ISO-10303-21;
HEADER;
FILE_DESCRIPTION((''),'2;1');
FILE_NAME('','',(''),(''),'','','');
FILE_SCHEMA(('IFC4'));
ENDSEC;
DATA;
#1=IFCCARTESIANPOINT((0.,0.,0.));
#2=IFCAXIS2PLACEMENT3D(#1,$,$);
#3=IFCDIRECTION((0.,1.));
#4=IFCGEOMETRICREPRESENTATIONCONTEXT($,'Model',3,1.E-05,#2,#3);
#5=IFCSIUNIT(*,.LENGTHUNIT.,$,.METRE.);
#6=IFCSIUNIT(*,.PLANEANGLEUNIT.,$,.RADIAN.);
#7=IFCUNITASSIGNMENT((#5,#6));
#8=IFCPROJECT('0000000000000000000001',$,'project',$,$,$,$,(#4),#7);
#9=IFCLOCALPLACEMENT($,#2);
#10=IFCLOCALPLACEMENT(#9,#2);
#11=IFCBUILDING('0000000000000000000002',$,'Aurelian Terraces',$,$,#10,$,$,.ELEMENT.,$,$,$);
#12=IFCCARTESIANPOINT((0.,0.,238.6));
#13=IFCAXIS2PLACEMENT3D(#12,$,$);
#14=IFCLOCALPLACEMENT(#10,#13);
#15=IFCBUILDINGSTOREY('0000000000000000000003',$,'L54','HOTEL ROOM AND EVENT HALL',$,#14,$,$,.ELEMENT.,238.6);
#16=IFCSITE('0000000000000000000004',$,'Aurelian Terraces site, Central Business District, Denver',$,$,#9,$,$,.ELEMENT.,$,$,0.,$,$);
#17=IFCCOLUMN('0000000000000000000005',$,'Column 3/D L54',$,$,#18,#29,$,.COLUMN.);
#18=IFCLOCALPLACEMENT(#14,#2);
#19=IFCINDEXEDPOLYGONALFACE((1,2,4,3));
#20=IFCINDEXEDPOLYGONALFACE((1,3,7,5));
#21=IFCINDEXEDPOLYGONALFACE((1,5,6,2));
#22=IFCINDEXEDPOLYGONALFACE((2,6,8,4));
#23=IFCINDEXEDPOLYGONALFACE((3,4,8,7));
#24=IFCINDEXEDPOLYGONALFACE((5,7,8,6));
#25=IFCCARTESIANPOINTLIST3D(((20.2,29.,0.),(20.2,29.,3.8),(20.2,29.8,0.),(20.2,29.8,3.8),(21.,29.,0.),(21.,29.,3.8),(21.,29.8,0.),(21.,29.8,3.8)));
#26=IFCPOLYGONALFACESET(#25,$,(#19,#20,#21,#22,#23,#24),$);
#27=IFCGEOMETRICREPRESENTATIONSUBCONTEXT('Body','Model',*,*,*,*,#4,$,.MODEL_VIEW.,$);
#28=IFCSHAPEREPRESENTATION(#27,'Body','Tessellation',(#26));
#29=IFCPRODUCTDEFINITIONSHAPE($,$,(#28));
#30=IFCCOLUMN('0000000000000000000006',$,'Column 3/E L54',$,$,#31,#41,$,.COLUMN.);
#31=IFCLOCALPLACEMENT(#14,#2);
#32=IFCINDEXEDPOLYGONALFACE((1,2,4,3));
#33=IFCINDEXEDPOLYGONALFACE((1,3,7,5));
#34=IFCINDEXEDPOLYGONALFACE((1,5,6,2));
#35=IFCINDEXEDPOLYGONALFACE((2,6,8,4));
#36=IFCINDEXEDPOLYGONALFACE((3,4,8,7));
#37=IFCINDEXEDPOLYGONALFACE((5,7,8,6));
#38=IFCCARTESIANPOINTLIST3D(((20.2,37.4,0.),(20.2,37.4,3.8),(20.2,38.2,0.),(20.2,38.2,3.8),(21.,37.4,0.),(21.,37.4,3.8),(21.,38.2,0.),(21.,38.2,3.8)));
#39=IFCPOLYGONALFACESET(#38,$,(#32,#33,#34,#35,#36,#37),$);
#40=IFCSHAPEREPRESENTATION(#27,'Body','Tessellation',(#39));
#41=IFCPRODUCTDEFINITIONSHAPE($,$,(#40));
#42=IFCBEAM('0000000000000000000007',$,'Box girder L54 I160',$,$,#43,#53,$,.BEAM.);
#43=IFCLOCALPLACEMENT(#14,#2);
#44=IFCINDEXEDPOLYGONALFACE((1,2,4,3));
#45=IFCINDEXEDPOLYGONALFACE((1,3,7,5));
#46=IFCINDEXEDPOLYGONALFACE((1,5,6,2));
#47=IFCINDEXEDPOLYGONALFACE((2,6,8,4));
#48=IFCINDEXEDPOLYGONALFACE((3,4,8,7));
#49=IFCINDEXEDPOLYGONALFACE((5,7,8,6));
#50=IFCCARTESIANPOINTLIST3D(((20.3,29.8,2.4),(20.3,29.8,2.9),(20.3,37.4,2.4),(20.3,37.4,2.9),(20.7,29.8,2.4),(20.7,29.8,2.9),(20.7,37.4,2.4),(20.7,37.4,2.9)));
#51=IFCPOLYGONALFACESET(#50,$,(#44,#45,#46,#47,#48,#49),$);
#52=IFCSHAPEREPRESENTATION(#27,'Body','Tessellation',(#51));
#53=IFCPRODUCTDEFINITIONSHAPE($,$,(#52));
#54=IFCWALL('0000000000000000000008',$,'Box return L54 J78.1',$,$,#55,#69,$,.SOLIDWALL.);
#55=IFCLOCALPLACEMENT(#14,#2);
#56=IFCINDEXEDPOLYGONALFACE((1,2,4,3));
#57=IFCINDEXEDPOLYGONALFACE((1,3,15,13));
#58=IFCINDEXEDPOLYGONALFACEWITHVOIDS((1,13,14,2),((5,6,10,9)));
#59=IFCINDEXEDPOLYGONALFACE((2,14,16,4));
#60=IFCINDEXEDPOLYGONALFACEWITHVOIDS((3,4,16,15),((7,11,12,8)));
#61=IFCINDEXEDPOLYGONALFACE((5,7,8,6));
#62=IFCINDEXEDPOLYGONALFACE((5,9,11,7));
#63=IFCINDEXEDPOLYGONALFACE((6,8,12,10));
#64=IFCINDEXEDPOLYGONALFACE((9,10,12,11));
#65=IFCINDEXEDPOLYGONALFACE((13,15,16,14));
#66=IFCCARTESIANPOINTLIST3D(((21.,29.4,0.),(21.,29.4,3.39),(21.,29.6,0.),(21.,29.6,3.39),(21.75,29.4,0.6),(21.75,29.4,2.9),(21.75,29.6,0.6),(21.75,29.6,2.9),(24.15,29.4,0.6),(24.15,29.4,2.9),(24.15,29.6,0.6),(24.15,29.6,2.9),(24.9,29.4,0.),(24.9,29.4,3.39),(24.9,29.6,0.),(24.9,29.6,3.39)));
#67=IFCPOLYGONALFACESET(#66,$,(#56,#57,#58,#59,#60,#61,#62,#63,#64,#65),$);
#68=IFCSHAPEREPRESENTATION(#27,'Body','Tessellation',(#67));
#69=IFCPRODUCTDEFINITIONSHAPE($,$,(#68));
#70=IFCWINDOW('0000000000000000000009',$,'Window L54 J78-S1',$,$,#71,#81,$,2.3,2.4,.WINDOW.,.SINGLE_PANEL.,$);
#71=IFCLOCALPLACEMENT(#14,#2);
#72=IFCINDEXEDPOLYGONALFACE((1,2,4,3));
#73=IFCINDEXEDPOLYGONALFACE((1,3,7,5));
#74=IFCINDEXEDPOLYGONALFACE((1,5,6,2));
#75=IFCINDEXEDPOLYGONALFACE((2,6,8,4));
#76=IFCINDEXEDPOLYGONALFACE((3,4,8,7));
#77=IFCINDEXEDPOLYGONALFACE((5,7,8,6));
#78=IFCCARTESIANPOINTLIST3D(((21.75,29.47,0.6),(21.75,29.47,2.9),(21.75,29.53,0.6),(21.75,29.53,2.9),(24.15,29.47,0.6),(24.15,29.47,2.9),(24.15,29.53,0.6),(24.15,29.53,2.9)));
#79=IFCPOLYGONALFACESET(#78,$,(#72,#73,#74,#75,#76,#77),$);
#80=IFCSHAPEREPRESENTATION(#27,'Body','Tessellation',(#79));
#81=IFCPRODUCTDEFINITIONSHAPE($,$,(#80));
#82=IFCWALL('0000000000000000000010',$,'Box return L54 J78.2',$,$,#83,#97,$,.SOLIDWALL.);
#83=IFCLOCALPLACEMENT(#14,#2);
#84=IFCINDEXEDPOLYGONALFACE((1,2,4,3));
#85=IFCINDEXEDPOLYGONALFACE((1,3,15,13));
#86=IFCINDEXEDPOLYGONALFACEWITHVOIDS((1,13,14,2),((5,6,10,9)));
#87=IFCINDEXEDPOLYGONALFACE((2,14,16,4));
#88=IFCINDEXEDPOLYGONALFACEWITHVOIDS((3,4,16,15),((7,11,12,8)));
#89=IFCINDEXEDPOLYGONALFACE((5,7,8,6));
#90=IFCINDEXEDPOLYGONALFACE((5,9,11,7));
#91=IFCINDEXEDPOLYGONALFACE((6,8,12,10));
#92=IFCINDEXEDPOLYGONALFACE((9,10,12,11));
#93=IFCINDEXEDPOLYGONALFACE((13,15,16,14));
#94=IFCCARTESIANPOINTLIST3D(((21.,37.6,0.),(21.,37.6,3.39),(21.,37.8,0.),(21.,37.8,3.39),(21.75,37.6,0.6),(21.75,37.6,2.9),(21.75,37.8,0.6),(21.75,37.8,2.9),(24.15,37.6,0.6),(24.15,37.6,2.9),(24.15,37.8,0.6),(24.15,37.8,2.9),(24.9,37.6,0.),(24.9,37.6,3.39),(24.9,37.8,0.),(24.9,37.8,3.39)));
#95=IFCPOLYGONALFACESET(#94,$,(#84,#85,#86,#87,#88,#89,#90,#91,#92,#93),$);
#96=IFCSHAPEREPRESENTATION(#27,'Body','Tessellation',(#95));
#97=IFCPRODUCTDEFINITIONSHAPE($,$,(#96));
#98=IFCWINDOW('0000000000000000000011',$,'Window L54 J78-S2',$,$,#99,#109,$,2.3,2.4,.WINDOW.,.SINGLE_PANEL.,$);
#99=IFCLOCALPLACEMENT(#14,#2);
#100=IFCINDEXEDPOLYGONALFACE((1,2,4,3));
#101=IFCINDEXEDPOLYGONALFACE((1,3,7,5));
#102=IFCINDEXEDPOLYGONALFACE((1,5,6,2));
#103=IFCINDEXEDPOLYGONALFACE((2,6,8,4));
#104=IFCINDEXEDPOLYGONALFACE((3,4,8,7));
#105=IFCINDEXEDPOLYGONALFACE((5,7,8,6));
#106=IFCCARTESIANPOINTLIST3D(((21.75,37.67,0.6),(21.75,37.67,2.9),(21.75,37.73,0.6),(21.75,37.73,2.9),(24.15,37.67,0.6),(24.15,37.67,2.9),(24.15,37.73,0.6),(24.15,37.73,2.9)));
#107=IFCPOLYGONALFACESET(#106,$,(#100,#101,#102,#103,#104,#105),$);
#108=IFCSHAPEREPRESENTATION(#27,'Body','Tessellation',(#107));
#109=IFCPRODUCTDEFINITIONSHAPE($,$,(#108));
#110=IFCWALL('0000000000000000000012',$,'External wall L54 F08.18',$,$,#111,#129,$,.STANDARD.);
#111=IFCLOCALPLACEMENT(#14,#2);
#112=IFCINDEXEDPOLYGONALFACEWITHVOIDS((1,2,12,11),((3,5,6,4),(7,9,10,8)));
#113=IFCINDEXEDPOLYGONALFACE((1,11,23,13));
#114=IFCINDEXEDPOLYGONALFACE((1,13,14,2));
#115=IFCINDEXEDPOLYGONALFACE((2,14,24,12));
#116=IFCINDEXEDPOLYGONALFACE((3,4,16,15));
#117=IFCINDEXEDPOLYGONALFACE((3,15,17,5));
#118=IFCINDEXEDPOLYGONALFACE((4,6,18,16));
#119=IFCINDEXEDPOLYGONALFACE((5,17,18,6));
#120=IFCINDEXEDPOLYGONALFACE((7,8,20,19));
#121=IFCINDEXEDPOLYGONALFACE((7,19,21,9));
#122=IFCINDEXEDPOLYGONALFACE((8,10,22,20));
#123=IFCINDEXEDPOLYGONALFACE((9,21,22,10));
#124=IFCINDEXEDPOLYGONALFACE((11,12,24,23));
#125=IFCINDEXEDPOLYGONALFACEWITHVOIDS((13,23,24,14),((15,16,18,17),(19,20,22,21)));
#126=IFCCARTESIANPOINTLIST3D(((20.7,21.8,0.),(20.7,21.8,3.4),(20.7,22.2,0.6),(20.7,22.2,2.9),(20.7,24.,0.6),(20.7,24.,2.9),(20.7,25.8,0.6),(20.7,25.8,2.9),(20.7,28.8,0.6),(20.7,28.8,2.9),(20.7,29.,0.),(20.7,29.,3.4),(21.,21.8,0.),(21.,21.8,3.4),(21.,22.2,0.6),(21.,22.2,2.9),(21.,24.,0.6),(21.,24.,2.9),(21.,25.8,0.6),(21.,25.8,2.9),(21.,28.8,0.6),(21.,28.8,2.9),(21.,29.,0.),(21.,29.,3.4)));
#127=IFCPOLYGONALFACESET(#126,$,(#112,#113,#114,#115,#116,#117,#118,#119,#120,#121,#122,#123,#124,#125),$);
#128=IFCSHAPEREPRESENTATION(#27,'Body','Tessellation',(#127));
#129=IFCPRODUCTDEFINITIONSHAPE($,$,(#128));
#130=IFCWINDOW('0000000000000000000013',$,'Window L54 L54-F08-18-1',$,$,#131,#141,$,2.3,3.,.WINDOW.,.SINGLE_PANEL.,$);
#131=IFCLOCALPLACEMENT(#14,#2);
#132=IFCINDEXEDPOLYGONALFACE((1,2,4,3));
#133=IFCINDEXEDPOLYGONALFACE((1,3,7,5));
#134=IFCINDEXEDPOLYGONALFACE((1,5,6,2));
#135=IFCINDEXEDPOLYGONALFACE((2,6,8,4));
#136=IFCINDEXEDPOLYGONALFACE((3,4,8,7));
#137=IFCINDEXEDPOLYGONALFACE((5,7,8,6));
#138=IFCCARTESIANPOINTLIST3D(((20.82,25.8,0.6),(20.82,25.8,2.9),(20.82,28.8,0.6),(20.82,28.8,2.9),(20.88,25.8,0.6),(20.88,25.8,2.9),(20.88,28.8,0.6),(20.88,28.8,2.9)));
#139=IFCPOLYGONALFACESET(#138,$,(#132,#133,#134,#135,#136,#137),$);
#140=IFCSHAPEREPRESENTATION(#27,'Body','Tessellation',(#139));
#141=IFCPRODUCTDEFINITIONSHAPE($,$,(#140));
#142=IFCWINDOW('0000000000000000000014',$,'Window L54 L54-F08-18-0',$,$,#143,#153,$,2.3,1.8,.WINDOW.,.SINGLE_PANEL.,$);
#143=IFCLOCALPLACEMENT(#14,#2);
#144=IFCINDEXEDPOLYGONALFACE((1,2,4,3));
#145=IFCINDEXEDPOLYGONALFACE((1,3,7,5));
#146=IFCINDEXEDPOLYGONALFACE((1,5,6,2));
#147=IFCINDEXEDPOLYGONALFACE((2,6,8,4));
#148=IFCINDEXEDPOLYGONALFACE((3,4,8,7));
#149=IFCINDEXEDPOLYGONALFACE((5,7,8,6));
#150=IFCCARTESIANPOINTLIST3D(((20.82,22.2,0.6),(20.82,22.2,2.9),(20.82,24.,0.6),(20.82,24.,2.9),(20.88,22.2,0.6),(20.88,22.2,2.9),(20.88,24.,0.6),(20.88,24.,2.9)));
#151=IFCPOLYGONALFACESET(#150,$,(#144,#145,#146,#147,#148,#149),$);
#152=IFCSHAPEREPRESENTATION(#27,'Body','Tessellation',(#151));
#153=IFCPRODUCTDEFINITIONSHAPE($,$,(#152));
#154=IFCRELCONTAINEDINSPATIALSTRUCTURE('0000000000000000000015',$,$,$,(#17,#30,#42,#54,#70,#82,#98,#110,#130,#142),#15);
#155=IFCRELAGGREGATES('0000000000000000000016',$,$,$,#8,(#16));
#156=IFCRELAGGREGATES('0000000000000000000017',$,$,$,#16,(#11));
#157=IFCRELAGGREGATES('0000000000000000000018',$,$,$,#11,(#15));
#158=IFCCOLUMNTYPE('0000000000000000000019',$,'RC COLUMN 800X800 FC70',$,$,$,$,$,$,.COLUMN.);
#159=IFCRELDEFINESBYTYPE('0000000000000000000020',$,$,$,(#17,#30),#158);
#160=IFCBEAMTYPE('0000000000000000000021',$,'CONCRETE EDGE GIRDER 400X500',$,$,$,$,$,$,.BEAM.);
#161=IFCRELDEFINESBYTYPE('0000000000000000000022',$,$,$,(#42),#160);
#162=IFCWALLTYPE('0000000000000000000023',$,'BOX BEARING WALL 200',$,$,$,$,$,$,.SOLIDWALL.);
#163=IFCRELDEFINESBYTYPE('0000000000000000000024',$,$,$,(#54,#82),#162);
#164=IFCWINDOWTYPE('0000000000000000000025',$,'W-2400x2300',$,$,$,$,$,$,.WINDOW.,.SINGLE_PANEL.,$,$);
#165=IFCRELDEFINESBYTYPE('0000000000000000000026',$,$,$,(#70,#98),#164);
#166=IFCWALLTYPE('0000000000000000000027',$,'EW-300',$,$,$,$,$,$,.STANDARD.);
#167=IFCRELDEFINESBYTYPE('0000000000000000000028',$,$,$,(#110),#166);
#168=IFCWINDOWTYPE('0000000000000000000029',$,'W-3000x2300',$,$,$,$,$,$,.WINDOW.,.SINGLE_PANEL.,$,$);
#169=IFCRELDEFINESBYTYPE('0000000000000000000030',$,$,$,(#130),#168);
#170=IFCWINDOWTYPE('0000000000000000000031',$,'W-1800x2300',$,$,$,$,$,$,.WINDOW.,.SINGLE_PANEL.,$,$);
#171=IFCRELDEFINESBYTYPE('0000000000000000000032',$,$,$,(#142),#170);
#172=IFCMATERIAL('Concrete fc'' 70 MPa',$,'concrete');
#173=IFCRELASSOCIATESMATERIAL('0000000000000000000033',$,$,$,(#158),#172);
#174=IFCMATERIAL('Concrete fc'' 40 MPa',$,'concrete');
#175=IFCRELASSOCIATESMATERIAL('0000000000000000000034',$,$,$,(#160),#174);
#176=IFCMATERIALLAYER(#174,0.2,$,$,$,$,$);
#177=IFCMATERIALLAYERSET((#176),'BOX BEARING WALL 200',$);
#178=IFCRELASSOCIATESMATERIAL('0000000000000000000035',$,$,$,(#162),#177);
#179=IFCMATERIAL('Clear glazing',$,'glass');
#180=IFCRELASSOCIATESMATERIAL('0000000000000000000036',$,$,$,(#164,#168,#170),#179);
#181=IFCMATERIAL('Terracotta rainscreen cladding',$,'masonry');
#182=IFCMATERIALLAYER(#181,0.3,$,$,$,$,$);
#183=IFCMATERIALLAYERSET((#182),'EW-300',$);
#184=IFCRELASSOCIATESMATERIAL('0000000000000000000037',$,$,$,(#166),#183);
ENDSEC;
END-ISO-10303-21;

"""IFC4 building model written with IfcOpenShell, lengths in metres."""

from ifc_helpers import new_model, si_unit, direction, frame, frame_2d, origin, origin_2d, place, context, subcontext, project, spatial, rectangle, extrude, source, transform, mapped, material, layer, layer_set, material_profile, profile_set, type_object, element, fill, save


model = new_model("IFC4")

# Units and contexts
model_context = context("Model", 3, precision=1e-05, world=origin(), true_north=direction((0.0, 1.0)))
body_context = subcontext(model_context, "Body", "Model", "MODEL_VIEW")
ifc_project = project(units=[si_unit("LENGTHUNIT", "METRE"), si_unit("PLANEANGLEUNIT", "RADIAN")], contexts=[model_context])

# Site, building, storey
site_placement = place(None, origin())
site = spatial("IfcSite", under=ifc_project, at=site_placement, Name="Aurelian Terraces site, Central Business District, Denver", CompositionType="ELEMENT", RefElevation=0.0)
building_placement = place(site_placement, origin())
building = spatial("IfcBuilding", under=site, at=building_placement, Name="Aurelian Terraces", CompositionType="ELEMENT")
storey_placement = place(building_placement, frame((0.0, 0.0, 238.6)))
storey = spatial("IfcBuildingStorey", under=building, at=storey_placement, Name="L54", Description="HOTEL ROOM AND EVENT HALL", CompositionType="ELEMENT", Elevation=238.6)

# Columns
ifc_material_1 = material(Name="Concrete fc' 70 MPa", Category="concrete")
ifc_material_profile_1 = material_profile(ifc_material_1, rectangle(XDim=0.8, YDim=0.8, at=origin_2d()))
ifc_profile_set_1 = profile_set([ifc_material_profile_1], Name="Concrete fc' 70 MPa")
column_type = type_object("IfcColumnType", Name="RC COLUMN 800X800 FC70", PredefinedType="COLUMN", material=ifc_profile_set_1)
shared_shape_1 = source(origin(), body_context, "Body", "SweptSolid", [
    extrude(rectangle(XDim=0.8, YDim=0.8, at=origin_2d()), origin(), (0.0, 0.0, 1.0), 3.8),
])
for number, where, z_axis, x_axis, name in (
    (1, (20.6, 29.4, 0.0), (0.0, 0.0, 1.0), (1.0, 0.0, 0.0), "Column 3/D L54"),
    (2, (20.6, 37.8, 0.0), (0.0, 0.0, 1.0), (1.0, 0.0, 0.0), "Column 3/E L54"),
):
    element("IfcColumn", number, at=place(storey_placement, frame(where, z_axis=z_axis, x_axis=x_axis)), inside=storey, type_object=column_type, Name=name, PredefinedType="COLUMN", context=body_context, shape_type="MappedRepresentation", body=[
        mapped(shared_shape_1, transform((0.0, 0.0, 0.0), scale=1.0)),
    ])

# Beam
ifc_material_2 = material(Name="Concrete fc' 40 MPa", Category="concrete")
ifc_material_profile_2 = material_profile(ifc_material_2, rectangle(XDim=0.4, YDim=0.5, at=origin_2d()))
ifc_profile_set_2 = profile_set([ifc_material_profile_2], Name="Concrete fc' 40 MPa")
beam_type = type_object("IfcBeamType", Name="CONCRETE EDGE GIRDER 400X500", PredefinedType="BEAM", material=ifc_profile_set_2)
shared_shape_2 = source(origin(), body_context, "Body", "SweptSolid", [
    extrude(rectangle(XDim=0.4, YDim=0.5, at=origin_2d()), origin(), (0.0, 0.0, 1.0), 7.6),
])
beam_placement = place(storey_placement, frame((20.5, 29.8, 2.65), z_axis=(0.0, 1.0, 0.0), x_axis=(-1.0, 0.0, 0.0)))
element("IfcBeam", 3, at=beam_placement, inside=storey, type_object=beam_type, Name="Box girder L54 I160", PredefinedType="BEAM", context=body_context, shape_type="MappedRepresentation", body=[
    mapped(shared_shape_2, transform((0.0, 0.0, 0.0), scale=1.0)),
])

# Walls, openings, windows
ifc_layer_1 = layer(ifc_material_2, 0.2)
ifc_layer_set_1 = layer_set([ifc_layer_1], Name="BOX BEARING WALL 200")
wall_type_1 = type_object("IfcWallType", Name="BOX BEARING WALL 200", PredefinedType="SOLIDWALL", material=ifc_layer_set_1)
shared_shape_3 = source(origin(), body_context, "Body", "SweptSolid", [
    extrude(rectangle(XDim=3.9, YDim=0.2, at=frame_2d((1.95, 0.0))), origin(), (0.0, 0.0, 1.0), 3.39),
])
wall_1_placement = place(storey_placement, frame((21.0, 29.5, 0.0), z_axis=(0.0, 0.0, 1.0), x_axis=(1.0, 0.0, 0.0)))
wall_1 = element("IfcWall", 4, at=wall_1_placement, inside=storey, type_object=wall_type_1, Name="Box return L54 J78.1", PredefinedType="SOLIDWALL", context=body_context, shape_type="MappedRepresentation", body=[
    mapped(shared_shape_3, transform((0.0, 0.0, 0.0), scale=1.0)),
])
shared_shape_4 = source(origin(), body_context, "Body", "SweptSolid", [
    extrude(rectangle(XDim=2.4, YDim=2.3, at=frame_2d((1.2, 1.15))), frame((0.0, 0.11, 0.0), z_axis=(0.0, -1.0, 0.0), x_axis=(1.0, 0.0, 0.0)), (0.0, 0.0, 1.0), 0.22),
])
opening_1_placement = place(wall_1_placement, frame((0.75, 0.0, 0.6)))
opening_1 = element("IfcOpeningElement", 5, at=opening_1_placement, cuts=wall_1, PredefinedType="OPENING", context=body_context, shape_type="MappedRepresentation", body=[
    mapped(shared_shape_4, transform((0.0, 0.0, 0.0), scale=1.0)),
])
ifc_material_3 = material(Name="Clear glazing", Category="glass")
window_type_1 = type_object("IfcWindowType", Name="W-2400x2300", PartitioningType="SINGLE_PANEL", PredefinedType="WINDOW", material=ifc_material_3)
shared_shape_5 = source(origin(), body_context, "Body", "SweptSolid", [
    extrude(rectangle(XDim=2.4, YDim=2.3, at=frame_2d((1.2, 1.15))), frame((0.0, 0.03, 0.0), z_axis=(0.0, -1.0, 0.0), x_axis=(1.0, 0.0, 0.0)), (0.0, 0.0, 1.0), 0.06),
])
window_1_placement = place(opening_1_placement, origin())
window_1 = element("IfcWindow", 6, at=window_1_placement, inside=storey, type_object=window_type_1, Name="Window L54 J78-S1", OverallHeight=2.3, OverallWidth=2.4, PartitioningType="SINGLE_PANEL", PredefinedType="WINDOW", context=body_context, shape_type="MappedRepresentation", body=[
    mapped(shared_shape_5, transform((0.0, 0.0, 0.0), scale=1.0)),
])
fill(opening_1, window_1)
wall_2_placement = place(storey_placement, frame((21.0, 37.7, 0.0), z_axis=(0.0, 0.0, 1.0), x_axis=(1.0, 0.0, 0.0)))
wall_2 = element("IfcWall", 7, at=wall_2_placement, inside=storey, type_object=wall_type_1, Name="Box return L54 J78.2", PredefinedType="SOLIDWALL", context=body_context, shape_type="MappedRepresentation", body=[
    mapped(shared_shape_3, transform((0.0, 0.0, 0.0), scale=1.0)),
])
opening_2_placement = place(wall_2_placement, frame((0.75, 0.0, 0.6)))
opening_2 = element("IfcOpeningElement", 8, at=opening_2_placement, cuts=wall_2, PredefinedType="OPENING", context=body_context, shape_type="MappedRepresentation", body=[
    mapped(shared_shape_4, transform((0.0, 0.0, 0.0), scale=1.0)),
])
window_2_placement = place(opening_2_placement, origin())
window_2 = element("IfcWindow", 9, at=window_2_placement, inside=storey, type_object=window_type_1, Name="Window L54 J78-S2", OverallHeight=2.3, OverallWidth=2.4, PartitioningType="SINGLE_PANEL", PredefinedType="WINDOW", context=body_context, shape_type="MappedRepresentation", body=[
    mapped(shared_shape_5, transform((0.0, 0.0, 0.0), scale=1.0)),
])
fill(opening_2, window_2)

# Wall, openings, windows
ifc_material_4 = material(Name="Terracotta rainscreen cladding", Category="masonry")
ifc_layer_2 = layer(ifc_material_4, 0.3)
ifc_layer_set_2 = layer_set([ifc_layer_2], Name="EW-300")
wall_type_2 = type_object("IfcWallType", Name="EW-300", PredefinedType="STANDARD", material=ifc_layer_set_2)
shared_shape_6 = source(origin(), body_context, "Body", "SweptSolid", [
    extrude(rectangle(XDim=7.2, YDim=0.3, at=frame_2d((3.6, 0.0))), origin(), (0.0, 0.0, 1.0), 3.4),
])
wall_3_placement = place(storey_placement, frame((20.85, 21.8, 0.0), z_axis=(0.0, 0.0, 1.0), x_axis=(0.0, 1.0, 0.0)))
wall_3 = element("IfcWall", 10, at=wall_3_placement, inside=storey, type_object=wall_type_2, Name="External wall L54 F08.18", PredefinedType="STANDARD", context=body_context, shape_type="MappedRepresentation", body=[
    mapped(shared_shape_6, transform((0.0, 0.0, 0.0), scale=1.0)),
])
shared_shape_7 = source(origin(), body_context, "Body", "SweptSolid", [
    extrude(rectangle(XDim=1.8, YDim=2.3, at=frame_2d((0.9, 1.15))), frame((0.0, 0.16, 0.0), z_axis=(0.0, -1.0, 0.0), x_axis=(1.0, 0.0, 0.0)), (0.0, 0.0, 1.0), 0.32),
])
opening_3_placement = place(wall_3_placement, frame((0.4, 0.0, 0.6)))
opening_3 = element("IfcOpeningElement", 11, at=opening_3_placement, cuts=wall_3, PredefinedType="OPENING", context=body_context, shape_type="MappedRepresentation", body=[
    mapped(shared_shape_7, transform((0.0, 0.0, 0.0), scale=1.0)),
])
shared_shape_8 = source(origin(), body_context, "Body", "SweptSolid", [
    extrude(rectangle(XDim=3.0, YDim=2.3, at=frame_2d((1.5, 1.15))), frame((0.0, 0.16, 0.0), z_axis=(0.0, -1.0, 0.0), x_axis=(1.0, 0.0, 0.0)), (0.0, 0.0, 1.0), 0.32),
])
opening_4_placement = place(wall_3_placement, frame((4.0, 0.0, 0.6)))
opening_4 = element("IfcOpeningElement", 12, at=opening_4_placement, cuts=wall_3, PredefinedType="OPENING", context=body_context, shape_type="MappedRepresentation", body=[
    mapped(shared_shape_8, transform((0.0, 0.0, 0.0), scale=1.0)),
])
window_type_2 = type_object("IfcWindowType", Name="W-3000x2300", PartitioningType="SINGLE_PANEL", PredefinedType="WINDOW", material=ifc_material_3)
shared_shape_9 = source(origin(), body_context, "Body", "SweptSolid", [
    extrude(rectangle(XDim=3.0, YDim=2.3, at=frame_2d((1.5, 1.15))), frame((0.0, 0.03, 0.0), z_axis=(0.0, -1.0, 0.0), x_axis=(1.0, 0.0, 0.0)), (0.0, 0.0, 1.0), 0.06),
])
window_3_placement = place(opening_4_placement, origin())
window_3 = element("IfcWindow", 13, at=window_3_placement, inside=storey, type_object=window_type_2, Name="Window L54 L54-F08-18-1", OverallHeight=2.3, OverallWidth=3.0, PartitioningType="SINGLE_PANEL", PredefinedType="WINDOW", context=body_context, shape_type="MappedRepresentation", body=[
    mapped(shared_shape_9, transform((0.0, 0.0, 0.0), scale=1.0)),
])
fill(opening_4, window_3)
window_type_3 = type_object("IfcWindowType", Name="W-1800x2300", PartitioningType="SINGLE_PANEL", PredefinedType="WINDOW", material=ifc_material_3)
shared_shape_10 = source(origin(), body_context, "Body", "SweptSolid", [
    extrude(rectangle(XDim=1.8, YDim=2.3, at=frame_2d((0.9, 1.15))), frame((0.0, 0.03, 0.0), z_axis=(0.0, -1.0, 0.0), x_axis=(1.0, 0.0, 0.0)), (0.0, 0.0, 1.0), 0.06),
])
window_4_placement = place(opening_3_placement, origin())
window_4 = element("IfcWindow", 14, at=window_4_placement, inside=storey, type_object=window_type_3, Name="Window L54 L54-F08-18-0", OverallHeight=2.3, OverallWidth=1.8, PartitioningType="SINGLE_PANEL", PredefinedType="WINDOW", context=body_context, shape_type="MappedRepresentation", body=[
    mapped(shared_shape_10, transform((0.0, 0.0, 0.0), scale=1.0)),
])
fill(opening_3, window_4)

save(model, "model.ifc")
